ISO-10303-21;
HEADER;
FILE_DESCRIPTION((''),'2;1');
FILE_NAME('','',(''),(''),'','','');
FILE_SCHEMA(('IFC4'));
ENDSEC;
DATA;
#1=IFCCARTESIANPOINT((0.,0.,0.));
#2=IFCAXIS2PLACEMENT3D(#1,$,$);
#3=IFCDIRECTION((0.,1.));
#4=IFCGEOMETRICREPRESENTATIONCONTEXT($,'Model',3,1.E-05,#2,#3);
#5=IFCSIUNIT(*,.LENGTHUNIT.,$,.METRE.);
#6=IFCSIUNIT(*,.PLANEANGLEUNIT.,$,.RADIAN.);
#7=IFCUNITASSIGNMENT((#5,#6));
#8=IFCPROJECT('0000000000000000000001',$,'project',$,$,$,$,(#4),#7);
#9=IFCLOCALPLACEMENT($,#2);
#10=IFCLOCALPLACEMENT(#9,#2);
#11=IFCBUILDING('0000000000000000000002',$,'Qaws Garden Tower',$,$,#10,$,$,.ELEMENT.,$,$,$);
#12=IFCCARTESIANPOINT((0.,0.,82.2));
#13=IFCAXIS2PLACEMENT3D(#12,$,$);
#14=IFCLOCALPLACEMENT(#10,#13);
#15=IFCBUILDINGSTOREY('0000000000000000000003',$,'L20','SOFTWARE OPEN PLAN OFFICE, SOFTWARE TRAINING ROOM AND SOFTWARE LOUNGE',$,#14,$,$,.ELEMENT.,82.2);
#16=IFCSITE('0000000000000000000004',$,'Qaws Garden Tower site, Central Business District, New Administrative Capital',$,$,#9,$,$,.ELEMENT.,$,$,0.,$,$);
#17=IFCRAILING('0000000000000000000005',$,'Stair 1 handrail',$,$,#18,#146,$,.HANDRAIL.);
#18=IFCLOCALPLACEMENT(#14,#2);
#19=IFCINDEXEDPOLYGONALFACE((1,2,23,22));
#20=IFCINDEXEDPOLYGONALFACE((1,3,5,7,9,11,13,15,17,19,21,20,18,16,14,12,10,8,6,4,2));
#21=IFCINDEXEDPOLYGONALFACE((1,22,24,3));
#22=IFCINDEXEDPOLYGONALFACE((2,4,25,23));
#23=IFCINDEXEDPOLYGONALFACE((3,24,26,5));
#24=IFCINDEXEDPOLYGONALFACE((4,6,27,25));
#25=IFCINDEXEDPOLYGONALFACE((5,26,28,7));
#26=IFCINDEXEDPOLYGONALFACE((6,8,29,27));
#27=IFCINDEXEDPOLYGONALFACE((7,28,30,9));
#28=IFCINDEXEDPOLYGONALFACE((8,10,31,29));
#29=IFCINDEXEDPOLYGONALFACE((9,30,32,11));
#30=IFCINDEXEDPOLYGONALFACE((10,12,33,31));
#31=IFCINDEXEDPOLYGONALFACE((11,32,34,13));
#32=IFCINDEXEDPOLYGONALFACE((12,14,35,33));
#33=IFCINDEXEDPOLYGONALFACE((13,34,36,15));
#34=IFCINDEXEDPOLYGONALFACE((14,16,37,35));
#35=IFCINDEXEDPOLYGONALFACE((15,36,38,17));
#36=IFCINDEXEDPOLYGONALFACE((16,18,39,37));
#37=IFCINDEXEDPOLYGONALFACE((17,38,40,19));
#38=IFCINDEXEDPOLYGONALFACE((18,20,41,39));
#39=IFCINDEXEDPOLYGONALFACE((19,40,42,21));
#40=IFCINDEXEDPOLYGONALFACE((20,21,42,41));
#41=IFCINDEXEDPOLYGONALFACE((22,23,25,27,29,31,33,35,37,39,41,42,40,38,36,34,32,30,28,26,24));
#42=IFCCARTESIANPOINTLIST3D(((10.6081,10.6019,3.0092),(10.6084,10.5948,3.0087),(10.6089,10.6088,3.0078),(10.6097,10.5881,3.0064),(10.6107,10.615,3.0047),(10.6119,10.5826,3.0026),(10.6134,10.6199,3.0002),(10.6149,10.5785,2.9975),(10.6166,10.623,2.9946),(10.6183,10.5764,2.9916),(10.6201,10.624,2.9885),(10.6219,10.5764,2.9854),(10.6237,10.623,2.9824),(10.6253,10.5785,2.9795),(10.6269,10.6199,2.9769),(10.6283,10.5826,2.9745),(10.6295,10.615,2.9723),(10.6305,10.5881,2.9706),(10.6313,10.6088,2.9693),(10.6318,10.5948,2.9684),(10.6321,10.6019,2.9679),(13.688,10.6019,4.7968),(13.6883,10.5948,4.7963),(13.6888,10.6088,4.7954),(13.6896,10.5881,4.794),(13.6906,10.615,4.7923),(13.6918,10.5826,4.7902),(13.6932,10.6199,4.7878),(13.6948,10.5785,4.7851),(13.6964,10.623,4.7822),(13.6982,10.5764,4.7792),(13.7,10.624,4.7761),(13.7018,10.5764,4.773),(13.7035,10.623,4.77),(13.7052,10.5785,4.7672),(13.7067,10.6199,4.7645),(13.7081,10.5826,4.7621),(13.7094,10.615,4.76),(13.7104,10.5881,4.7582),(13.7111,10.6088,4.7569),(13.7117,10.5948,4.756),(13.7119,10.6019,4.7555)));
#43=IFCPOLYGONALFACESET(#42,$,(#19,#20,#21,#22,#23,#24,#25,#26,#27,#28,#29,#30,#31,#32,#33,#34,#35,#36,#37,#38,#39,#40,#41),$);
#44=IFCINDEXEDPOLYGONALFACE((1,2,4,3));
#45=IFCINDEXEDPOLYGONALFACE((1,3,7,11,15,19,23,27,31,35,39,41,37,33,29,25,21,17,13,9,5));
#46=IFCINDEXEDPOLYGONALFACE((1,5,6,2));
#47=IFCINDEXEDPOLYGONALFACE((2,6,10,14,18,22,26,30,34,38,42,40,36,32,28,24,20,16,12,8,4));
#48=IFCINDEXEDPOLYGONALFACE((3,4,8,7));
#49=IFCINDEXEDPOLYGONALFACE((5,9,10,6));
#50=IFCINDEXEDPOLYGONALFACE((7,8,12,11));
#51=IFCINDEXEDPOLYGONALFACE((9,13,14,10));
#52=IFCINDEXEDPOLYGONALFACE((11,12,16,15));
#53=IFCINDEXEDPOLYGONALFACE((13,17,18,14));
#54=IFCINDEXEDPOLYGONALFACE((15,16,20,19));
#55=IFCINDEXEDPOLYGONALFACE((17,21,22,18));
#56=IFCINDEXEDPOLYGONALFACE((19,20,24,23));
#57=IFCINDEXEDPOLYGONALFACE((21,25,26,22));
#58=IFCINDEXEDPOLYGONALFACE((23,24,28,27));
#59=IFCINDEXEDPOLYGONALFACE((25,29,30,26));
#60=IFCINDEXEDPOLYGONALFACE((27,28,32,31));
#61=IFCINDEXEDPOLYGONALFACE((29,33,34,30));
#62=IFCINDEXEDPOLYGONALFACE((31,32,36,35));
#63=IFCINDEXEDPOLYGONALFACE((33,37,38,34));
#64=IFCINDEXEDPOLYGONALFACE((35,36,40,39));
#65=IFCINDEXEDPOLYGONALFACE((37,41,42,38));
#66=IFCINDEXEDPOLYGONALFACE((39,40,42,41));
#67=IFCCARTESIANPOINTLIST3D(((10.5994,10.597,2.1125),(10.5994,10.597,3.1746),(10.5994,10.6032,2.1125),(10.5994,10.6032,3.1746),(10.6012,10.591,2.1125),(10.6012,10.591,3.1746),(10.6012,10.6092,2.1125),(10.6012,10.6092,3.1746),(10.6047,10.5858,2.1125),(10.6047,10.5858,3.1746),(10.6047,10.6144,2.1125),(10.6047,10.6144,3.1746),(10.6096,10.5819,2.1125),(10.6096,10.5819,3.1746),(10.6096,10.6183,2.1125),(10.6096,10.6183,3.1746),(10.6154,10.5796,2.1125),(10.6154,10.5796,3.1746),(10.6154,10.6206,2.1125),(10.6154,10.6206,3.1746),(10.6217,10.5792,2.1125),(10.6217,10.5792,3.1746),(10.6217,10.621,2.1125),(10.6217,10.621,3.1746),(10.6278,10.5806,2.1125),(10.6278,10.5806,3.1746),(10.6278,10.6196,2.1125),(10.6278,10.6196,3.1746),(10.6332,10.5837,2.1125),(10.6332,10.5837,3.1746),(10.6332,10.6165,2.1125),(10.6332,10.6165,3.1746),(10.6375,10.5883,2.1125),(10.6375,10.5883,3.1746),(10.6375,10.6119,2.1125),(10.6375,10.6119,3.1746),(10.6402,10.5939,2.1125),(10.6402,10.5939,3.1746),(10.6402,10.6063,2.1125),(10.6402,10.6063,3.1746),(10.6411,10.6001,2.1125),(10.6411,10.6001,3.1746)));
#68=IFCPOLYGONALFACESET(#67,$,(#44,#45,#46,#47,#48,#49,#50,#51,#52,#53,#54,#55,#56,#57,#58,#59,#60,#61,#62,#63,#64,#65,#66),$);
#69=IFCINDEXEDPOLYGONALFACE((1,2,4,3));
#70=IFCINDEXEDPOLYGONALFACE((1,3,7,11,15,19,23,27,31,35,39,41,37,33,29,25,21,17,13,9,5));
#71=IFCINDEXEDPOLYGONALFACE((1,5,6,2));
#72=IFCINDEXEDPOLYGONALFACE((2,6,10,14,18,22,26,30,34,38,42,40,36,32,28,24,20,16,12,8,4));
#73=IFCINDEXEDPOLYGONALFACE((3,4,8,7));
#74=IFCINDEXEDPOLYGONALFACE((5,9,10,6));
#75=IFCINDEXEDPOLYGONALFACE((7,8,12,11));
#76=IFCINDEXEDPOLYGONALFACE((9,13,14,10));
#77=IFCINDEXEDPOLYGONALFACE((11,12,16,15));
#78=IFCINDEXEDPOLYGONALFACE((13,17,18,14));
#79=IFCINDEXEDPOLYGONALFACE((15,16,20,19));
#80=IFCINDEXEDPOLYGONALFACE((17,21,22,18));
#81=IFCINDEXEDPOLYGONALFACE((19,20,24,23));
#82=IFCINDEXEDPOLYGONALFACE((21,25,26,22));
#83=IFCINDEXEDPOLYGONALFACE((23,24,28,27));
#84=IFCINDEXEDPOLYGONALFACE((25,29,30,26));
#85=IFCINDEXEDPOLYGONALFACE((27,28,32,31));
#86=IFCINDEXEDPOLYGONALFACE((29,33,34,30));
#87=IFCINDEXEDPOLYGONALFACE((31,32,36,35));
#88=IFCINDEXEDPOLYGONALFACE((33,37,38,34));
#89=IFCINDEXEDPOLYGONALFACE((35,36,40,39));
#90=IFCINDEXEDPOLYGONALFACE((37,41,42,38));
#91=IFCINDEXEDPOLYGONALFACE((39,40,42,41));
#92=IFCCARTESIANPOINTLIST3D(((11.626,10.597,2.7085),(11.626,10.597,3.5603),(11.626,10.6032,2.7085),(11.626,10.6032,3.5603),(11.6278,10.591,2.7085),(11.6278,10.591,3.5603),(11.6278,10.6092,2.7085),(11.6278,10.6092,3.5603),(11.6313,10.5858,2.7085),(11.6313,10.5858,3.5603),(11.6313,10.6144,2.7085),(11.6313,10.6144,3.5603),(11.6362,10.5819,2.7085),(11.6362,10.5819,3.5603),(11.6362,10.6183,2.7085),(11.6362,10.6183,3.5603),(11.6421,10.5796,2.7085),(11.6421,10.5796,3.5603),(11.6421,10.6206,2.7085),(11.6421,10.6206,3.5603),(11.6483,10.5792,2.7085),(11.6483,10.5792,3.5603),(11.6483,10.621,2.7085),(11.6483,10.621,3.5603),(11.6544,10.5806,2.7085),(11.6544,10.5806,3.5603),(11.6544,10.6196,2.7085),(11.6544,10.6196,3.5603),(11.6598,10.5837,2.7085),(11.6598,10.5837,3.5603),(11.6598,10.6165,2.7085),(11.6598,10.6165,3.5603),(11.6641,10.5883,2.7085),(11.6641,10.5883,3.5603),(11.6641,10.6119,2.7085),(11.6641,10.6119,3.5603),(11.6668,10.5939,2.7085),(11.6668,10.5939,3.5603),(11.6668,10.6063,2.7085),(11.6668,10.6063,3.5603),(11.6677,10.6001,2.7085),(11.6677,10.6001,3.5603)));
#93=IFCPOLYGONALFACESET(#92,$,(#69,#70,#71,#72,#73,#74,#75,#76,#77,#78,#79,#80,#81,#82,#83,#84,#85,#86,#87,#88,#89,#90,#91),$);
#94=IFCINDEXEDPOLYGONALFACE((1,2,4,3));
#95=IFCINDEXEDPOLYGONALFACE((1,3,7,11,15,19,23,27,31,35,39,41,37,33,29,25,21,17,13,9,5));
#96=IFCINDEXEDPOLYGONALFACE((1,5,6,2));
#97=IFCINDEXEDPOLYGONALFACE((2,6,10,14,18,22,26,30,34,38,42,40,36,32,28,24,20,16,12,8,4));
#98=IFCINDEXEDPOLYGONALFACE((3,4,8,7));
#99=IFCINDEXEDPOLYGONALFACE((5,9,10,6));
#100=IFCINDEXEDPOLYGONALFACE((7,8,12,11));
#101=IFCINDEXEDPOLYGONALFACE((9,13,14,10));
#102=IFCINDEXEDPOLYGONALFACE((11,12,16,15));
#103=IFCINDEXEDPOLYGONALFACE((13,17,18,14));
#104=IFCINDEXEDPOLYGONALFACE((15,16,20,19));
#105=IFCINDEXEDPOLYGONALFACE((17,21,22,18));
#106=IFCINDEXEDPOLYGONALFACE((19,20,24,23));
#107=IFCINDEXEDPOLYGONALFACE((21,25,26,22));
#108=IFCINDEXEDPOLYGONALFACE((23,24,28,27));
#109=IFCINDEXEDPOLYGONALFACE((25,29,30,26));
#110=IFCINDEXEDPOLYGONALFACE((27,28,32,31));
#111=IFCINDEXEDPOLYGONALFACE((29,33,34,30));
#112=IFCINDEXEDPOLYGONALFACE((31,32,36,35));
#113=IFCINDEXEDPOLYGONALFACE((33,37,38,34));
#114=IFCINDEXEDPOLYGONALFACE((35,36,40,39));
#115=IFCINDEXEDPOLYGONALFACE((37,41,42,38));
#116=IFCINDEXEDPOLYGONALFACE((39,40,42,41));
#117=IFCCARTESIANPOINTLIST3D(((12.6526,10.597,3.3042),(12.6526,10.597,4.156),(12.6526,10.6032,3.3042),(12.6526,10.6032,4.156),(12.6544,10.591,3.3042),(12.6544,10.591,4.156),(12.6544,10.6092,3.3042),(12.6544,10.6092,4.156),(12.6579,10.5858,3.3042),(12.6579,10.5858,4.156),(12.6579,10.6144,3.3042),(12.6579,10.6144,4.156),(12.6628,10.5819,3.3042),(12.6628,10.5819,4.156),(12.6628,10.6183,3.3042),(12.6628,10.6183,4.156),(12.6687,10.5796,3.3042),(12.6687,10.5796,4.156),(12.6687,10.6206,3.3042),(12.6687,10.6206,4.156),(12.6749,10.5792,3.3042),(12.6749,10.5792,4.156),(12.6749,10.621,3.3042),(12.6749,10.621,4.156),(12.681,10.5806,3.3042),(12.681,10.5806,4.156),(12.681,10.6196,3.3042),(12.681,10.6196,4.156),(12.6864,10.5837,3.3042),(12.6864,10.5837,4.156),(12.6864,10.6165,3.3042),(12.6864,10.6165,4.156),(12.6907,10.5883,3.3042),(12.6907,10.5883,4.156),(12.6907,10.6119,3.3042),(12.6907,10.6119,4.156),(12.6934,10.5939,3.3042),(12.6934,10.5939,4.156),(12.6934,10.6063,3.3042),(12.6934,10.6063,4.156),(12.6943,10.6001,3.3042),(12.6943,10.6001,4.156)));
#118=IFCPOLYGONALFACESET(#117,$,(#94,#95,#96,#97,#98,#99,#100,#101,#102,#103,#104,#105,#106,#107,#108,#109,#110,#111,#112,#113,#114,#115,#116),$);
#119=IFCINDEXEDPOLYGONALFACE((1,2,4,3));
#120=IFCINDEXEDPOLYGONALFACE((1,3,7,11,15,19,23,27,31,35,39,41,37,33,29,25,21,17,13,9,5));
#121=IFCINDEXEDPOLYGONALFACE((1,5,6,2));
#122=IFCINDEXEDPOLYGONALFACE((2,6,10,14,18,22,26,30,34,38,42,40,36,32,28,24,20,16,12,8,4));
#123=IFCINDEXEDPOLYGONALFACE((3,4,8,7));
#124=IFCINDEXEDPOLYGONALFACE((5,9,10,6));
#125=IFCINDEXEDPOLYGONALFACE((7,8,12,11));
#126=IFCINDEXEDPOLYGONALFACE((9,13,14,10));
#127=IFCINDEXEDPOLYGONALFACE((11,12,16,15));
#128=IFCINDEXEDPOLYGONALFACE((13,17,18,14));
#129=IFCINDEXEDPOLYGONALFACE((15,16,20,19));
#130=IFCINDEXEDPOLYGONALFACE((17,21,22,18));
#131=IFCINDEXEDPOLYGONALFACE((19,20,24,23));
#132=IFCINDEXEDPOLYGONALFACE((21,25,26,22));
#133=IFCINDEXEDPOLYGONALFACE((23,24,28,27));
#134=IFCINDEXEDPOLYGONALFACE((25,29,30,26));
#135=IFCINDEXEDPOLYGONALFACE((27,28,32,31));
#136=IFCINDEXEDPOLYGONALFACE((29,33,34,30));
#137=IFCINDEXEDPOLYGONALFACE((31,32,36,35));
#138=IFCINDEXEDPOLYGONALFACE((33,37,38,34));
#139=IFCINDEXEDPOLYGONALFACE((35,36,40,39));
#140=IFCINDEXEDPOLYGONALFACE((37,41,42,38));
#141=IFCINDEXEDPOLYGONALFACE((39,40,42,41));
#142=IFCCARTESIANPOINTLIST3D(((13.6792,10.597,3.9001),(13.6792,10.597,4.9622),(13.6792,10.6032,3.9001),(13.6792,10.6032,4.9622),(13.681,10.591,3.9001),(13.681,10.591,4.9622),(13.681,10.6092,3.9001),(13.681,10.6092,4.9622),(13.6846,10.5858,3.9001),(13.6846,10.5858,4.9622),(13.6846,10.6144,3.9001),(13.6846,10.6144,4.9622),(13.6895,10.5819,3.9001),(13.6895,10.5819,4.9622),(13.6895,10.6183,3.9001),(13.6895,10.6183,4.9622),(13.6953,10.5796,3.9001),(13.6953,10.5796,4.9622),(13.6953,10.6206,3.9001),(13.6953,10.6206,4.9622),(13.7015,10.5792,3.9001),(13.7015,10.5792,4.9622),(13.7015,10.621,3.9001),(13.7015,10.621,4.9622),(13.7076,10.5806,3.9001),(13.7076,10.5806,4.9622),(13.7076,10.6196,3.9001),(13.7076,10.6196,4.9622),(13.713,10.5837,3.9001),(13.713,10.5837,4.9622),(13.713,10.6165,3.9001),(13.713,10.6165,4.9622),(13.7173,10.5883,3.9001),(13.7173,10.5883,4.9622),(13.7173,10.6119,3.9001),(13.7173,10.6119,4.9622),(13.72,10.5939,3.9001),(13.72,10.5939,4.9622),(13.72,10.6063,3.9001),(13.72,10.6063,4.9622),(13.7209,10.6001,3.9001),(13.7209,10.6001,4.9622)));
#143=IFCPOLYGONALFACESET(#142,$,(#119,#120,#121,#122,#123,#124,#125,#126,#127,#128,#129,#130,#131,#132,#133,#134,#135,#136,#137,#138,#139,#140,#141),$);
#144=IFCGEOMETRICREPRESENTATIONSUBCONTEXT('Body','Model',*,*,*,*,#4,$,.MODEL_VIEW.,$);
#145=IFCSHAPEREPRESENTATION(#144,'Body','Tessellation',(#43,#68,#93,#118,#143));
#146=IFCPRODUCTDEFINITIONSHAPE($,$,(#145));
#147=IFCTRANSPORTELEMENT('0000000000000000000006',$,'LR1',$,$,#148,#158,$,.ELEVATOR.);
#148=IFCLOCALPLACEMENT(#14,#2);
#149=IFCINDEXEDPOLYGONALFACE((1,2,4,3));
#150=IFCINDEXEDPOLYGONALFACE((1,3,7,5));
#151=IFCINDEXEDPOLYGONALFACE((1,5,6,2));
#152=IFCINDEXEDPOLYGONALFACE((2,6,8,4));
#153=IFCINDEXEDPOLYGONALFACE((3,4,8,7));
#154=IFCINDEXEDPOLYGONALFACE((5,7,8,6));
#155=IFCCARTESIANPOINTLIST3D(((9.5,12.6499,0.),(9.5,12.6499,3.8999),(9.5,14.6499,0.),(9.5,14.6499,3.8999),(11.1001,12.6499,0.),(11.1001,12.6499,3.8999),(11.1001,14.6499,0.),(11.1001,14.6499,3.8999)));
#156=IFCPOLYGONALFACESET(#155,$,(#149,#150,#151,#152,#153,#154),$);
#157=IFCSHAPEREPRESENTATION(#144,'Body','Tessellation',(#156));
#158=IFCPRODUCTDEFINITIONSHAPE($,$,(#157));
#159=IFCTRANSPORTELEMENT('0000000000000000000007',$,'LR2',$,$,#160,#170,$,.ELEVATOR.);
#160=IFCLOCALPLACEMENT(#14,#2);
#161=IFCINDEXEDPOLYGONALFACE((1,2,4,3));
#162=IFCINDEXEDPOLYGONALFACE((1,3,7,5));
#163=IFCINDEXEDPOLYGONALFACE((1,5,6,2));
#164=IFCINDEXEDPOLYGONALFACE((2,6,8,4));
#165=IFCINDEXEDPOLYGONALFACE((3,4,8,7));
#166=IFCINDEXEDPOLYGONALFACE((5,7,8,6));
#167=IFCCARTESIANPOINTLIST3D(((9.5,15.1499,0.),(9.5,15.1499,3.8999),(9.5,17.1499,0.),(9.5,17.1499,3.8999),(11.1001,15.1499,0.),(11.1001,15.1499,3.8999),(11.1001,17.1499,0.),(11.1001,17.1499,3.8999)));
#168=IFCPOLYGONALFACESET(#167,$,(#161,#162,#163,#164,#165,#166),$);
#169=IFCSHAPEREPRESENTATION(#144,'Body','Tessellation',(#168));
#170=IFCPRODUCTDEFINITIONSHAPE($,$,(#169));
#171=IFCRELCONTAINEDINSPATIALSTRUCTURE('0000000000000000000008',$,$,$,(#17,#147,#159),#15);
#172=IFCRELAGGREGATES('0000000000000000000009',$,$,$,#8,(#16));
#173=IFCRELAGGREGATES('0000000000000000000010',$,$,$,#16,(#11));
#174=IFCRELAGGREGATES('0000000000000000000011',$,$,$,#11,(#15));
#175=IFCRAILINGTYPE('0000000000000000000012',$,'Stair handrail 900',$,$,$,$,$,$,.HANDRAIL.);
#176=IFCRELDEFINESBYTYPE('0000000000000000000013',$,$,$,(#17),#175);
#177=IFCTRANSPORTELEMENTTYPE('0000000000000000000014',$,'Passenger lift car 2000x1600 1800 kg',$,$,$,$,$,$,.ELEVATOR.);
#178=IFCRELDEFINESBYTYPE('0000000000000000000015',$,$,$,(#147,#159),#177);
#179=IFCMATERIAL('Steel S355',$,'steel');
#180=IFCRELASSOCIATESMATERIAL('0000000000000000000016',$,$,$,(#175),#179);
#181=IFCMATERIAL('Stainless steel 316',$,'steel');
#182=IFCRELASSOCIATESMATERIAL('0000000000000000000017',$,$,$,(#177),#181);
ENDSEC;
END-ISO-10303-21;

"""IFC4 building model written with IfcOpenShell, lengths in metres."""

from ifc_helpers import new_model, si_unit, direction, frame, origin, origin_2d, place, context, subcontext, project, spatial, rectangle, circle, extrude, material, type_object, element, save


model = new_model("IFC4")

# Units and contexts
model_context = context("Model", 3, precision=1e-05, world=origin(), true_north=direction((0.0, 1.0)))
body_context = subcontext(model_context, "Body", "Model", "MODEL_VIEW")
ifc_project = project(units=[si_unit("LENGTHUNIT", "METRE"), si_unit("PLANEANGLEUNIT", "RADIAN")], contexts=[model_context])

# Site, building, storey
site_placement = place(None, origin())
site = spatial("IfcSite", under=ifc_project, at=site_placement, Name="Qaws Garden Tower site, Central Business District, New Administrative Capital", CompositionType="ELEMENT", RefElevation=0.0)
building_placement = place(site_placement, origin())
building = spatial("IfcBuilding", under=site, at=building_placement, Name="Qaws Garden Tower", CompositionType="ELEMENT")
storey_placement = place(building_placement, frame((0.0, 0.0, 82.2)))
storey = spatial("IfcBuildingStorey", under=building, at=storey_placement, Name="L20", Description="SOFTWARE OPEN PLAN OFFICE, SOFTWARE TRAINING ROOM AND SOFTWARE LOUNGE", CompositionType="ELEMENT", Elevation=82.2)

# Railing
ifc_material_1 = material(Name="Steel S355", Category="steel")
railing_type = type_object("IfcRailingType", Name="Stair handrail 900", PredefinedType="HANDRAIL", material=ifc_material_1)
railing_placement = place(storey_placement, frame((10.6201, 10.6001, 2.1125)))
element("IfcRailing", 1, at=railing_placement, inside=storey, type_object=railing_type, Name="Stair 1 handrail", PredefinedType="HANDRAIL", context=body_context, shape_type="SweptSolid", body=[
    extrude(circle(Radius=0.0239, at=origin_2d()), frame((0.0, 0.0, 0.876), z_axis=(0.864873, 0.0, 0.50199), x_axis=(0.0, 1.0, 0.0)), (0.0, 0.0, 1.0), 3.561),
    extrude(circle(Radius=0.021, at=origin_2d()), origin(), (0.0, 0.0, 1.0), 1.062),
    extrude(circle(Radius=0.021, at=origin_2d()), frame((1.0266, 0.0, 0.5959)), (0.0, 0.0, 1.0), 0.8518),
    extrude(circle(Radius=0.021, at=origin_2d()), frame((2.0532, 0.0, 1.1917)), (0.0, 0.0, 1.0), 0.8518),
    extrude(circle(Radius=0.021, at=origin_2d()), frame((3.0798, 0.0, 1.7876)), (0.0, 0.0, 1.0), 1.062),
])

# Transport elements
ifc_material_2 = material(Name="Stainless steel 316", Category="steel")
transport_element_type = type_object("IfcTransportElementType", Name="Passenger lift car 2000x1600 1800 kg", PredefinedType="ELEVATOR", material=ifc_material_2)
for number, where, z_axis, x_axis, name in (
    (2, (10.3, 13.6499, 0.0), (0.0, 0.0, 1.0), (1.0, 0.0, 0.0), "LR1"),
    (3, (10.3, 16.1499, 0.0), (0.0, 0.0, 1.0), (1.0, 0.0, 0.0), "LR2"),
):
    element("IfcTransportElement", number, at=place(storey_placement, frame(where, z_axis=z_axis, x_axis=x_axis)), inside=storey, type_object=transport_element_type, Name=name, PredefinedType="ELEVATOR", context=body_context, shape_type="SweptSolid", body=[
        extrude(rectangle(XDim=1.6001, YDim=2.0, at=origin_2d()), origin(), (0.0, 0.0, 1.0), 3.8999),
    ])

save(model, "model.ifc")
